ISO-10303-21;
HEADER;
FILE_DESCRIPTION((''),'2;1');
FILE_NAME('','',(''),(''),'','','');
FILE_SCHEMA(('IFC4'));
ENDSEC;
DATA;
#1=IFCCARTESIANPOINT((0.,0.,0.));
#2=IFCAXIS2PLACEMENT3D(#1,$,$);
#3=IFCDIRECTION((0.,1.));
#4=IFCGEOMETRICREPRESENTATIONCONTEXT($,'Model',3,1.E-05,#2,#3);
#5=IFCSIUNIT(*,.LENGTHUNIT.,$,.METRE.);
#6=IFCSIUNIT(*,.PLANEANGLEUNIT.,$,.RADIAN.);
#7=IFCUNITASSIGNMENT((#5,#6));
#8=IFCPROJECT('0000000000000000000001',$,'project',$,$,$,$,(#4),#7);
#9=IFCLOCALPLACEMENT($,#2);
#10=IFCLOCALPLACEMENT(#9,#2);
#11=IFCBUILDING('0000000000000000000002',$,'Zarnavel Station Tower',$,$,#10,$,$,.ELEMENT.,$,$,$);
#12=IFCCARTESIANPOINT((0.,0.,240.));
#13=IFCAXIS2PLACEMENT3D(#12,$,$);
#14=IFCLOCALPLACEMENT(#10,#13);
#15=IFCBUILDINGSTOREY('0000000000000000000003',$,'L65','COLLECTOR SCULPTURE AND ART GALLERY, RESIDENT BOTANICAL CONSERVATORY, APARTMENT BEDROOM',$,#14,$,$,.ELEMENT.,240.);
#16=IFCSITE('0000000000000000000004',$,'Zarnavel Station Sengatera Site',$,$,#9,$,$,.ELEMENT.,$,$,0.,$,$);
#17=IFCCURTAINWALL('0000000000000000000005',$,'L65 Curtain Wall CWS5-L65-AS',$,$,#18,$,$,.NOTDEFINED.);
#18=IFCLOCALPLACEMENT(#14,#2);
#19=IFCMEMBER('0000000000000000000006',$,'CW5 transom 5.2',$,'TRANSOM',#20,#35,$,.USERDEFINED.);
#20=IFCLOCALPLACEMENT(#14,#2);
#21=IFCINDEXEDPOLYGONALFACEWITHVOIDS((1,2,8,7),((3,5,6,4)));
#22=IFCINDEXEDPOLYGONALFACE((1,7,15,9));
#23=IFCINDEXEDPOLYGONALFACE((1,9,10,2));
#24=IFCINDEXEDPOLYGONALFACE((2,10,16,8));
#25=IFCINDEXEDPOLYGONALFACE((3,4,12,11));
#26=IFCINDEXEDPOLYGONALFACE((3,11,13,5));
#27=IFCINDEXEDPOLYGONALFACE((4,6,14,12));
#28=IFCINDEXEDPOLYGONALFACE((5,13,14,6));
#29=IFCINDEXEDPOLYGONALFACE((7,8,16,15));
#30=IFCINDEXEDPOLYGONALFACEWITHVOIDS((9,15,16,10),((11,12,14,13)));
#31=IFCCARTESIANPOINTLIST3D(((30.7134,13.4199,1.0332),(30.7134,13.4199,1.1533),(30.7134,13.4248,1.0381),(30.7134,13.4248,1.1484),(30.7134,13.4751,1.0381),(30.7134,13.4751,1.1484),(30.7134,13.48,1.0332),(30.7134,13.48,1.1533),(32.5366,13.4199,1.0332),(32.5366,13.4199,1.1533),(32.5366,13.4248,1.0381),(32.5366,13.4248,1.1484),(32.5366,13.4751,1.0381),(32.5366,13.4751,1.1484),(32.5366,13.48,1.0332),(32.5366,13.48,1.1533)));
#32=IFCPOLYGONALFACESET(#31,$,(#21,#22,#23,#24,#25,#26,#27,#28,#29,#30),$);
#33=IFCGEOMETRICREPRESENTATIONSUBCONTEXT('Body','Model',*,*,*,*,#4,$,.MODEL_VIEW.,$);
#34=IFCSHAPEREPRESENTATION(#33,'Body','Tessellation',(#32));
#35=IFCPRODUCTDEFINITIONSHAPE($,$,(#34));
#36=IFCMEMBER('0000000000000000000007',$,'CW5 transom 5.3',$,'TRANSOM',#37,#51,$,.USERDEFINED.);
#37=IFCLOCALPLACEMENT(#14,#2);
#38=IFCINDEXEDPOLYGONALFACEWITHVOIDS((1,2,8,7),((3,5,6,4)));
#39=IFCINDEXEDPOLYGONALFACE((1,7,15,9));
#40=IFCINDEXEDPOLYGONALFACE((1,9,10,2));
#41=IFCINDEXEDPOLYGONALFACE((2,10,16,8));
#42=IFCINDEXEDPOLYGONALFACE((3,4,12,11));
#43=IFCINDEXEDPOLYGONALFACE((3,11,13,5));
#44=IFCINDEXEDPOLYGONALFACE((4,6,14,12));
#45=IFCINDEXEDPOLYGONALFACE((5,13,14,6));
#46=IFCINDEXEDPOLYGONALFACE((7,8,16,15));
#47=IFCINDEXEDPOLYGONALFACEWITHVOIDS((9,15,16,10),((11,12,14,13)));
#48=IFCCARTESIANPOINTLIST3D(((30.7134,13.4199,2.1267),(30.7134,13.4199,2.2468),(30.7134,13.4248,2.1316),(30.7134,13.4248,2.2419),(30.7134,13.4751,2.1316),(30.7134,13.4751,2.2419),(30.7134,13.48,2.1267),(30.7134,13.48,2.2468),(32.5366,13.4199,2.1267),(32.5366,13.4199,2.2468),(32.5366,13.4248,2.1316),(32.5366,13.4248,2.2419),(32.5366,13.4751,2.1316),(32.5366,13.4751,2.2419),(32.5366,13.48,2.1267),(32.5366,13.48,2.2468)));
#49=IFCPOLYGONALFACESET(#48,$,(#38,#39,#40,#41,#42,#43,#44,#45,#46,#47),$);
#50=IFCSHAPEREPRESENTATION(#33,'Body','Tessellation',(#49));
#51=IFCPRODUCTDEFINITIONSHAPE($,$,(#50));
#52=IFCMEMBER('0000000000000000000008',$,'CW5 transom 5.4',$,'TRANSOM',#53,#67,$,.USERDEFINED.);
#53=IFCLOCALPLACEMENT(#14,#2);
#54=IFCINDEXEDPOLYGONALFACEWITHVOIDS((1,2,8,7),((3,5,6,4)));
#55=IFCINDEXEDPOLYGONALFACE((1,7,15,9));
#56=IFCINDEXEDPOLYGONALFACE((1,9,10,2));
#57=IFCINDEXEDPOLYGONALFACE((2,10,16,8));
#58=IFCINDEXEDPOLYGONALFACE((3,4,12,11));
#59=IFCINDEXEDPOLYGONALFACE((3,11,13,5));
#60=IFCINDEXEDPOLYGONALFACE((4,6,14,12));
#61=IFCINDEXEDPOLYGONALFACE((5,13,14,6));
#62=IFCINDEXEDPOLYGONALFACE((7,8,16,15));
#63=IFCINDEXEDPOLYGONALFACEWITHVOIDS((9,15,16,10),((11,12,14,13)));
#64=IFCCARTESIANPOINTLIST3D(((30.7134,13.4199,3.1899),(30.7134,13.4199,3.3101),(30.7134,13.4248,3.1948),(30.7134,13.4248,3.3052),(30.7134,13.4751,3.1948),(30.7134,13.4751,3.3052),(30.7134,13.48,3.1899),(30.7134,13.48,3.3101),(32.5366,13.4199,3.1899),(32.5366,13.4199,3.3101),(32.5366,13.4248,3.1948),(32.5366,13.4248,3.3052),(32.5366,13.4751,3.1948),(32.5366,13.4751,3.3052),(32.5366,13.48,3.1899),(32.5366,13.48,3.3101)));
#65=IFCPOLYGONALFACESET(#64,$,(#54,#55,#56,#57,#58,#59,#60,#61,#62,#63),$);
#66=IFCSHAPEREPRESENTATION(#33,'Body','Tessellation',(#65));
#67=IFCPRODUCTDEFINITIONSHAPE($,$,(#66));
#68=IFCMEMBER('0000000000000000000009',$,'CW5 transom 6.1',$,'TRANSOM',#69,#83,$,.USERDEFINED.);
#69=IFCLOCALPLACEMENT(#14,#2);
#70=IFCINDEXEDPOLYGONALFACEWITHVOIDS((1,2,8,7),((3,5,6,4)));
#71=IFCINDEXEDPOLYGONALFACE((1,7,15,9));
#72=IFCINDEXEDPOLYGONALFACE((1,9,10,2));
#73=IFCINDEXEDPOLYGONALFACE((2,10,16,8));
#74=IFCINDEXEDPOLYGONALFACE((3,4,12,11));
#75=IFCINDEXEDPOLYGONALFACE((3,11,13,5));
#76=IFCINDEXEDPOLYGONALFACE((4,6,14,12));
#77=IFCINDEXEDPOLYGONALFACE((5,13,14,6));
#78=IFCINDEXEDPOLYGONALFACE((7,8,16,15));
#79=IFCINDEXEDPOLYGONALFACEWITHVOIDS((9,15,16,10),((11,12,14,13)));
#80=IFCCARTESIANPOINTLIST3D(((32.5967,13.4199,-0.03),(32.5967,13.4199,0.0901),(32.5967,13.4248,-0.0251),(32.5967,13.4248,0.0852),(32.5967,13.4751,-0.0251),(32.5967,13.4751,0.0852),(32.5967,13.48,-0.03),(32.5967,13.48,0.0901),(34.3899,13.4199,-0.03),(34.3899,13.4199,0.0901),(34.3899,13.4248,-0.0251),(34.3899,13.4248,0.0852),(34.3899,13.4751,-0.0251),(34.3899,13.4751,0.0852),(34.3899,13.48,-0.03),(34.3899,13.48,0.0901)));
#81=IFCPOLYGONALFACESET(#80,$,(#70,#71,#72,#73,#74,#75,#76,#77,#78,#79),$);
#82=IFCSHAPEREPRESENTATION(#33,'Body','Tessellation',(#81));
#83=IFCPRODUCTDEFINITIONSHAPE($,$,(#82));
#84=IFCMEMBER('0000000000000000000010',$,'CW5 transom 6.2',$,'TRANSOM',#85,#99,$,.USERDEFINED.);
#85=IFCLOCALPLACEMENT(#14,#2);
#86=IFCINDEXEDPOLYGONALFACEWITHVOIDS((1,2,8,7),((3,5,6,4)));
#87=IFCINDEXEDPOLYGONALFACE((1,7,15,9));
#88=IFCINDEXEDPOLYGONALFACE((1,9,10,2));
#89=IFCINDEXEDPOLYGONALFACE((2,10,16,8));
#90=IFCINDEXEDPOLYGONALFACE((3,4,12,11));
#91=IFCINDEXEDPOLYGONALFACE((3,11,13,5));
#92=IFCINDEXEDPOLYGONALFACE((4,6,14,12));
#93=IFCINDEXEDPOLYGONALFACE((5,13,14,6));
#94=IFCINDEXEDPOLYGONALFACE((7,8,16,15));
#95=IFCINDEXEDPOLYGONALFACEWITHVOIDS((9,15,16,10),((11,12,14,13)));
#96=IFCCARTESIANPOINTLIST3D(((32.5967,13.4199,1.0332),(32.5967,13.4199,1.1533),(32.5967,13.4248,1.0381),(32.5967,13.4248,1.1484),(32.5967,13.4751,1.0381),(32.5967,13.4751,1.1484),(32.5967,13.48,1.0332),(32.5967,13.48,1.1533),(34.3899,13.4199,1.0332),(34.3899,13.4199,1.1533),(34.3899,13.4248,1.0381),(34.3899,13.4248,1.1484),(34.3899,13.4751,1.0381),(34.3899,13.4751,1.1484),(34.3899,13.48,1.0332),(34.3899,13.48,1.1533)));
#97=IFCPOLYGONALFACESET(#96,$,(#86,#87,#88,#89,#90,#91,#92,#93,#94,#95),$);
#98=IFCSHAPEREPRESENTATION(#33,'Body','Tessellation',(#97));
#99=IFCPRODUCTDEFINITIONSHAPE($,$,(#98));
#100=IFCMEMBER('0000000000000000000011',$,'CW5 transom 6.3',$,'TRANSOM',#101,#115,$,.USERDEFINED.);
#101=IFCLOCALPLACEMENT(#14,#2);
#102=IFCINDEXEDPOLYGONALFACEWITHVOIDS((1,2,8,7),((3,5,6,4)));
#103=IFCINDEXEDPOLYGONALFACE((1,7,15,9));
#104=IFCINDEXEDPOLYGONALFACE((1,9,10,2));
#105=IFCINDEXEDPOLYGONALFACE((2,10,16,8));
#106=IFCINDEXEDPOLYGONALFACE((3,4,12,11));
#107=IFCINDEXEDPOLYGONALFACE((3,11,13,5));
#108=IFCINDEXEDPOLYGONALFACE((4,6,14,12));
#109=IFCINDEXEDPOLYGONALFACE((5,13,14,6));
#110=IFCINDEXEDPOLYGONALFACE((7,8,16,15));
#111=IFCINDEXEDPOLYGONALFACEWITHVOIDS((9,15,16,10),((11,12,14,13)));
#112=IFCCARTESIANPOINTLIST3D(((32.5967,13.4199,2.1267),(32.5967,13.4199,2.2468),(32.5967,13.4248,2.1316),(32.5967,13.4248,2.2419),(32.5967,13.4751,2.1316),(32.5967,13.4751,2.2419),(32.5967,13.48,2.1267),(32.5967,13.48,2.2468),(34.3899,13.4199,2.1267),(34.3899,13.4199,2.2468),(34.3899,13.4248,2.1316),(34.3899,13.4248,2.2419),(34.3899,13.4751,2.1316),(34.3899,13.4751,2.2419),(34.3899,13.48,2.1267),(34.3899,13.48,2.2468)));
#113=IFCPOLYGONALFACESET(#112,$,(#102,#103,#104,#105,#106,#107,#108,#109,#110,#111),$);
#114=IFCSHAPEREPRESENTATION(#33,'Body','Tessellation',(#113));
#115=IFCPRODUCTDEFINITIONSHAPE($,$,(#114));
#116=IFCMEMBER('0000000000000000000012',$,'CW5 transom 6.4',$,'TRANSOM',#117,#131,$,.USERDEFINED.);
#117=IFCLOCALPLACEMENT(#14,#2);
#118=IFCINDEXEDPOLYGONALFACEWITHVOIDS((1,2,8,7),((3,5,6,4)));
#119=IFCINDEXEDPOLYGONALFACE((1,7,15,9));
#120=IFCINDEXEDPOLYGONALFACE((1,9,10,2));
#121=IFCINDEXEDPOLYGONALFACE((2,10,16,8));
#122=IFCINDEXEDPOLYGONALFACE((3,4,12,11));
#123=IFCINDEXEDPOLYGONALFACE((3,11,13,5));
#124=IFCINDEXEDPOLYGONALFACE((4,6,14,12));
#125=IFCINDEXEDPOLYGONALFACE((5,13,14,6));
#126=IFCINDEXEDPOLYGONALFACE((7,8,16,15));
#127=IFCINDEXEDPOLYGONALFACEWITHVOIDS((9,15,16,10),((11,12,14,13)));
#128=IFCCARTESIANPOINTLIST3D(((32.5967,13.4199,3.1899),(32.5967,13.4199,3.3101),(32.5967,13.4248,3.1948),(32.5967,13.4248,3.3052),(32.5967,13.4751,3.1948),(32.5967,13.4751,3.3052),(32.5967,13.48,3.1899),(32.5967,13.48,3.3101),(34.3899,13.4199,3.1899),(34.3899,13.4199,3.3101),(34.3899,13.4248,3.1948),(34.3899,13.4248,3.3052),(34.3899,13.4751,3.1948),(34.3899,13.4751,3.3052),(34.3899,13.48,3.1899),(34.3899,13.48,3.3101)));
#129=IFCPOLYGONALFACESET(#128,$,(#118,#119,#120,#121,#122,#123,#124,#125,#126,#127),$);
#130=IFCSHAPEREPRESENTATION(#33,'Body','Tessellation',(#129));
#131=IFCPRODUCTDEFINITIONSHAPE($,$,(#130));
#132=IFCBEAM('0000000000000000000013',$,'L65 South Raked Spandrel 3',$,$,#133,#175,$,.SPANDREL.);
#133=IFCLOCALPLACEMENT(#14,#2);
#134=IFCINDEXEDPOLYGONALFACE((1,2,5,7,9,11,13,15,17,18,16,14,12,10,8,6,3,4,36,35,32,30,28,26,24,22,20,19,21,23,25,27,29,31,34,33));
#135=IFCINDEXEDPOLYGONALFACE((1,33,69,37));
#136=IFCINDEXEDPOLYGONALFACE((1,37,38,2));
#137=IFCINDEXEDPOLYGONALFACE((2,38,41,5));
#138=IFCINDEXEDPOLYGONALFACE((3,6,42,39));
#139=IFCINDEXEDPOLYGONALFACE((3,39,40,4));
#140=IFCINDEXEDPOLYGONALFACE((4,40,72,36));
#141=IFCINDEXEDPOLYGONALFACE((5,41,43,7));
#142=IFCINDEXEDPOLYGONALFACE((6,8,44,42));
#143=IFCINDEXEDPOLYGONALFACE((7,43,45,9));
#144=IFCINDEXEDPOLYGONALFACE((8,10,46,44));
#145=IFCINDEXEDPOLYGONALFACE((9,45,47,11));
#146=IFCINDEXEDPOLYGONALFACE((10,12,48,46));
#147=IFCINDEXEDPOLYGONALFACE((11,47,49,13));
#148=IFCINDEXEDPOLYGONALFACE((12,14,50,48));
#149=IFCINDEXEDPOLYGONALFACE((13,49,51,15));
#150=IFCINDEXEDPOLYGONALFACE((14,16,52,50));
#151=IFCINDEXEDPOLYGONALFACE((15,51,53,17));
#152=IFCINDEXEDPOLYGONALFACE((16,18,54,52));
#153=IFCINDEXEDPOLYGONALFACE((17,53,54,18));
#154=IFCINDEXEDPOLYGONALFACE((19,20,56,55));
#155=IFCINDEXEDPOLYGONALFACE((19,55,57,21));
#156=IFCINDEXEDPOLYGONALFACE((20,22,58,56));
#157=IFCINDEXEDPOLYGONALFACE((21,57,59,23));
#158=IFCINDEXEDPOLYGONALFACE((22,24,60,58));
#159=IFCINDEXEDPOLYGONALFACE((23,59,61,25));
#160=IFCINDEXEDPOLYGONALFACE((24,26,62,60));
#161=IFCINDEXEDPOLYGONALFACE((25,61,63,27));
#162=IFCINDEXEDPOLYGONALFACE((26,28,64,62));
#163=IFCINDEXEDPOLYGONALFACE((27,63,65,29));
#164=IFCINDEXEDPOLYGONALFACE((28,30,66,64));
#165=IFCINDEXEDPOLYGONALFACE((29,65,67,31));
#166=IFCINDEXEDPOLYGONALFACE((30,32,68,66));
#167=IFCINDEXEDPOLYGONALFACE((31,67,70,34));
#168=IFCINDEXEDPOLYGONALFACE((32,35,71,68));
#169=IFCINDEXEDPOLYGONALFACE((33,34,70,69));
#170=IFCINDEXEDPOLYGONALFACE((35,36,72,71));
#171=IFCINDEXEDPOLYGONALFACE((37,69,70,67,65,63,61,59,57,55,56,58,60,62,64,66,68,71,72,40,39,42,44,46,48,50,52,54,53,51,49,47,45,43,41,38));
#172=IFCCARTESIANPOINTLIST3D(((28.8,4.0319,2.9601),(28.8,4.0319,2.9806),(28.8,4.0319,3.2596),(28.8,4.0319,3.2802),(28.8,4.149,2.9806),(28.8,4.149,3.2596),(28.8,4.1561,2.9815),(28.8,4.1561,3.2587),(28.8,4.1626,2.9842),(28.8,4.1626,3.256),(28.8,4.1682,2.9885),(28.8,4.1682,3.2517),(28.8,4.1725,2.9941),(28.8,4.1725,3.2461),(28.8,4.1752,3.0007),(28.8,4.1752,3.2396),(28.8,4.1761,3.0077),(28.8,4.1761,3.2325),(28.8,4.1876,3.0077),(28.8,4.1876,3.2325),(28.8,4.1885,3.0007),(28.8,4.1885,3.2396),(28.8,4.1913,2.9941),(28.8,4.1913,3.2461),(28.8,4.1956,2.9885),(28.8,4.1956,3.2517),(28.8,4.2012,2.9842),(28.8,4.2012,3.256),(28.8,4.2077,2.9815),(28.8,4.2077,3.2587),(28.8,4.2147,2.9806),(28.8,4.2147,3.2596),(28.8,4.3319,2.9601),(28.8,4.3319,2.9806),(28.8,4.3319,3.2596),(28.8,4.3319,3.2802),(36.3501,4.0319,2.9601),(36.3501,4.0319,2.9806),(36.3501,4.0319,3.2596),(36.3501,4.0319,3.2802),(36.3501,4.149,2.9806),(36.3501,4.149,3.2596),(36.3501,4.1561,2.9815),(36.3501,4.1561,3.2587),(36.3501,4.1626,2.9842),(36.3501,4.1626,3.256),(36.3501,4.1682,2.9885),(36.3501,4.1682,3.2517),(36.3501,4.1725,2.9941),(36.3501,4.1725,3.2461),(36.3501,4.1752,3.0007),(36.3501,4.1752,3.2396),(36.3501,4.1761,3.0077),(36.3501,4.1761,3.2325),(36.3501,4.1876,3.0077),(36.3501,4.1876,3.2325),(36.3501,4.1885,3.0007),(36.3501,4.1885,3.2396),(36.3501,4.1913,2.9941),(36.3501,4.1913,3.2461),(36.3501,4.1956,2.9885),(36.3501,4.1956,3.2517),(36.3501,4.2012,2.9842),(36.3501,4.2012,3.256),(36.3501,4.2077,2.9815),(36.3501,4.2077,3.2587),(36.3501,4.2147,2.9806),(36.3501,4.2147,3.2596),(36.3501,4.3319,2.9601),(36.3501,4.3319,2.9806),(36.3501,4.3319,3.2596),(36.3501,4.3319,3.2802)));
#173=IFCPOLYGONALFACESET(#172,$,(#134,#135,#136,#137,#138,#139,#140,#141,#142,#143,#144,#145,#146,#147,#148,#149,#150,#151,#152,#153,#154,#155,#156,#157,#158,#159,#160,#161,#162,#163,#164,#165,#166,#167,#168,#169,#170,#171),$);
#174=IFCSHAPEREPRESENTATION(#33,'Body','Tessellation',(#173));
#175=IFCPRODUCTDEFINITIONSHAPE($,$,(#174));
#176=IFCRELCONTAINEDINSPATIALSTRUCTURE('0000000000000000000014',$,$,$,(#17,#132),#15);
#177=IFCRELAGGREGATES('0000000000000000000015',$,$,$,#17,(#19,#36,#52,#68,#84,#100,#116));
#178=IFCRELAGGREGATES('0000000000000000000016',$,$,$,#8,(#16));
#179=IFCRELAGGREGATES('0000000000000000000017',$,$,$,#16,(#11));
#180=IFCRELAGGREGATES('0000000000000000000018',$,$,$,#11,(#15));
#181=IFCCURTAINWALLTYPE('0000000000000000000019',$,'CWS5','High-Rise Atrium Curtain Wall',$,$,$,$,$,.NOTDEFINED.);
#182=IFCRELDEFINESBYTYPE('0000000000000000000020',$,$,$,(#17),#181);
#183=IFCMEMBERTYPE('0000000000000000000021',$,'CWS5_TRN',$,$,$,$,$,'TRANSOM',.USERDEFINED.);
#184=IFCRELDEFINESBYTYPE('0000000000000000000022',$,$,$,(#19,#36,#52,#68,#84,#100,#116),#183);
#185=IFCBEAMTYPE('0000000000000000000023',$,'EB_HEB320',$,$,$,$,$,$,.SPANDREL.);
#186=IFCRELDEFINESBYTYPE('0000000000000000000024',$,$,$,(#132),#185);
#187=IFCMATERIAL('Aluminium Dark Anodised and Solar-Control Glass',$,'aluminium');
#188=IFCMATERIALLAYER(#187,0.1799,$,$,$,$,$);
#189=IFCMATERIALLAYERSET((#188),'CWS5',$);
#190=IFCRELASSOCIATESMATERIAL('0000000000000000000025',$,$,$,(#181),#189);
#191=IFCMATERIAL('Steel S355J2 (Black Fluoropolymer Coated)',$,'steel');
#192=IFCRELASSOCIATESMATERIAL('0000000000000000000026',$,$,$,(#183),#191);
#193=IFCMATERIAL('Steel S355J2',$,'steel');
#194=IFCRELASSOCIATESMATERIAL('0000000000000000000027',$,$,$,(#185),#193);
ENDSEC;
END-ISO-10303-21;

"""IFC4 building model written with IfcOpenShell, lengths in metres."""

from ifc_helpers import new_model, si_unit, direction, frame, origin, origin_2d, place, context, subcontext, project, spatial, hollow_rectangle, i_section, extrude, material, layer, layer_set, material_profile, profile_set, type_object, element, aggregate, save


model = new_model("IFC4")

# Units and contexts
model_context = context("Model", 3, precision=1e-05, world=origin(), true_north=direction((0.0, 1.0)))
body_context = subcontext(model_context, "Body", "Model", "MODEL_VIEW")
ifc_project = project(units=[si_unit("LENGTHUNIT", "METRE"), si_unit("PLANEANGLEUNIT", "RADIAN")], contexts=[model_context])

# Site, building, storey
site_placement = place(None, origin())
site = spatial("IfcSite", under=ifc_project, at=site_placement, Name="Zarnavel Station Sengatera Site", CompositionType="ELEMENT", RefElevation=0.0)
building_placement = place(site_placement, origin())
building = spatial("IfcBuilding", under=site, at=building_placement, Name="Zarnavel Station Tower", CompositionType="ELEMENT")
storey_placement = place(building_placement, frame((0.0, 0.0, 240.0)))
storey = spatial("IfcBuildingStorey", under=building, at=storey_placement, Name="L65", Description="COLLECTOR SCULPTURE AND ART GALLERY, RESIDENT BOTANICAL CONSERVATORY, APARTMENT BEDROOM", CompositionType="ELEMENT", Elevation=240.0)

# Curtain wall, members
ifc_material_1 = material(Name="Aluminium Dark Anodised and Solar-Control Glass", Category="aluminium")
ifc_layer_1 = layer(ifc_material_1, 0.1799)
ifc_layer_set_1 = layer_set([ifc_layer_1], Name="CWS5")
curtain_wall_type = type_object("IfcCurtainWallType", Name="CWS5", Description="High-Rise Atrium Curtain Wall", PredefinedType="NOTDEFINED", material=ifc_layer_set_1)
curtain_wall_placement = place(storey_placement, origin())
curtain_wall = element("IfcCurtainWall", 1, at=curtain_wall_placement, inside=storey, type_object=curtain_wall_type, Name="L65 Curtain Wall CWS5-L65-AS", PredefinedType="NOTDEFINED")
ifc_material_2 = material(Name="Steel S355J2 (Black Fluoropolymer Coated)", Category="steel")
ifc_material_profile_1 = material_profile(ifc_material_2, hollow_rectangle(XDim=0.0601, YDim=0.1201, WallThickness=0.0049, at=origin_2d()), Name="RHS120x60x5")
ifc_profile_set_1 = profile_set([ifc_material_profile_1], Name="Steel S355J2 (Black Fluoropolymer Coated)")
member_type_1 = type_object("IfcMemberType", Name="CWS5_TRN", ElementType="TRANSOM", PredefinedType="USERDEFINED", material=ifc_profile_set_1)
member_1_placement = place(storey_placement, frame((30.7134, 13.45, 1.0933), z_axis=(1.0, 0.0, 0.0), x_axis=(0.0, 1.0, 0.0)))
member_1 = element("IfcMember", 2, at=member_1_placement, type_object=member_type_1, Name="CW5 transom 5.2", ObjectType="TRANSOM", PredefinedType="USERDEFINED", context=body_context, shape_type="SweptSolid", body=[
    extrude(hollow_rectangle(XDim=0.0601, YDim=0.1201, WallThickness=0.0049, at=origin_2d()), origin(), (0.0, 0.0, 1.0), 1.8232),
])
member_2_placement = place(storey_placement, frame((30.7134, 13.45, 2.1868), z_axis=(1.0, 0.0, 0.0), x_axis=(0.0, 1.0, 0.0)))
member_2 = element("IfcMember", 3, at=member_2_placement, type_object=member_type_1, Name="CW5 transom 5.3", ObjectType="TRANSOM", PredefinedType="USERDEFINED", context=body_context, shape_type="SweptSolid", body=[
    extrude(hollow_rectangle(XDim=0.0601, YDim=0.1201, WallThickness=0.0049, at=origin_2d()), origin(), (0.0, 0.0, 1.0), 1.8232),
])
member_3_placement = place(storey_placement, frame((30.7134, 13.45, 3.25), z_axis=(1.0, 0.0, 0.0), x_axis=(0.0, 1.0, 0.0)))
member_3 = element("IfcMember", 4, at=member_3_placement, type_object=member_type_1, Name="CW5 transom 5.4", ObjectType="TRANSOM", PredefinedType="USERDEFINED", context=body_context, shape_type="SweptSolid", body=[
    extrude(hollow_rectangle(XDim=0.0601, YDim=0.1201, WallThickness=0.0049, at=origin_2d()), origin(), (0.0, 0.0, 1.0), 1.8232),
])
member_4_placement = place(storey_placement, frame((32.5967, 13.45, 0.03), z_axis=(1.0, 0.0, 0.0), x_axis=(0.0, 1.0, 0.0)))
member_4 = element("IfcMember", 5, at=member_4_placement, type_object=member_type_1, Name="CW5 transom 6.1", ObjectType="TRANSOM", PredefinedType="USERDEFINED", context=body_context, shape_type="SweptSolid", body=[
    extrude(hollow_rectangle(XDim=0.0601, YDim=0.1201, WallThickness=0.0049, at=origin_2d()), origin(), (0.0, 0.0, 1.0), 1.7932),
])
member_5_placement = place(storey_placement, frame((32.5967, 13.45, 1.0933), z_axis=(1.0, 0.0, 0.0), x_axis=(0.0, 1.0, 0.0)))
member_5 = element("IfcMember", 6, at=member_5_placement, type_object=member_type_1, Name="CW5 transom 6.2", ObjectType="TRANSOM", PredefinedType="USERDEFINED", context=body_context, shape_type="SweptSolid", body=[
    extrude(hollow_rectangle(XDim=0.0601, YDim=0.1201, WallThickness=0.0049, at=origin_2d()), origin(), (0.0, 0.0, 1.0), 1.7932),
])
member_6_placement = place(storey_placement, frame((32.5967, 13.45, 2.1868), z_axis=(1.0, 0.0, 0.0), x_axis=(0.0, 1.0, 0.0)))
member_6 = element("IfcMember", 7, at=member_6_placement, type_object=member_type_1, Name="CW5 transom 6.3", ObjectType="TRANSOM", PredefinedType="USERDEFINED", context=body_context, shape_type="SweptSolid", body=[
    extrude(hollow_rectangle(XDim=0.0601, YDim=0.1201, WallThickness=0.0049, at=origin_2d()), origin(), (0.0, 0.0, 1.0), 1.7932),
])
member_7_placement = place(storey_placement, frame((32.5967, 13.45, 3.25), z_axis=(1.0, 0.0, 0.0), x_axis=(0.0, 1.0, 0.0)))
member_7 = element("IfcMember", 8, at=member_7_placement, type_object=member_type_1, Name="CW5 transom 6.4", ObjectType="TRANSOM", PredefinedType="USERDEFINED", context=body_context, shape_type="SweptSolid", body=[
    extrude(hollow_rectangle(XDim=0.0601, YDim=0.1201, WallThickness=0.0049, at=origin_2d()), origin(), (0.0, 0.0, 1.0), 1.7932),
])

# Beam
ifc_material_3 = material(Name="Steel S355J2", Category="steel")
ifc_material_profile_2 = material_profile(ifc_material_3, i_section(OverallWidth=0.3, OverallDepth=0.3201, WebThickness=0.0115, FlangeThickness=0.0205, FilletRadius=0.0271, at=origin_2d()), Name="HEB320")
ifc_profile_set_2 = profile_set([ifc_material_profile_2], Name="Steel S355J2")
beam_type_1 = type_object("IfcBeamType", Name="EB_HEB320", PredefinedType="SPANDREL", material=ifc_profile_set_2)
beam_1_placement = place(storey_placement, frame((28.8, 4.1819, 3.1201), z_axis=(1.0, 0.0, 0.0), x_axis=(0.0, 1.0, 0.0)))
element("IfcBeam", 9, at=beam_1_placement, inside=storey, type_object=beam_type_1, Name="L65 South Raked Spandrel 3", PredefinedType="SPANDREL", context=body_context, shape_type="SweptSolid", body=[
    extrude(i_section(OverallWidth=0.3, OverallDepth=0.3201, WebThickness=0.0115, FlangeThickness=0.0205, FilletRadius=0.0271, at=origin_2d()), origin(), (0.0, 0.0, 1.0), 7.55),
])

aggregate(curtain_wall, [member_1, member_2, member_3, member_4, member_5, member_6, member_7])

save(model, "model.ifc")
